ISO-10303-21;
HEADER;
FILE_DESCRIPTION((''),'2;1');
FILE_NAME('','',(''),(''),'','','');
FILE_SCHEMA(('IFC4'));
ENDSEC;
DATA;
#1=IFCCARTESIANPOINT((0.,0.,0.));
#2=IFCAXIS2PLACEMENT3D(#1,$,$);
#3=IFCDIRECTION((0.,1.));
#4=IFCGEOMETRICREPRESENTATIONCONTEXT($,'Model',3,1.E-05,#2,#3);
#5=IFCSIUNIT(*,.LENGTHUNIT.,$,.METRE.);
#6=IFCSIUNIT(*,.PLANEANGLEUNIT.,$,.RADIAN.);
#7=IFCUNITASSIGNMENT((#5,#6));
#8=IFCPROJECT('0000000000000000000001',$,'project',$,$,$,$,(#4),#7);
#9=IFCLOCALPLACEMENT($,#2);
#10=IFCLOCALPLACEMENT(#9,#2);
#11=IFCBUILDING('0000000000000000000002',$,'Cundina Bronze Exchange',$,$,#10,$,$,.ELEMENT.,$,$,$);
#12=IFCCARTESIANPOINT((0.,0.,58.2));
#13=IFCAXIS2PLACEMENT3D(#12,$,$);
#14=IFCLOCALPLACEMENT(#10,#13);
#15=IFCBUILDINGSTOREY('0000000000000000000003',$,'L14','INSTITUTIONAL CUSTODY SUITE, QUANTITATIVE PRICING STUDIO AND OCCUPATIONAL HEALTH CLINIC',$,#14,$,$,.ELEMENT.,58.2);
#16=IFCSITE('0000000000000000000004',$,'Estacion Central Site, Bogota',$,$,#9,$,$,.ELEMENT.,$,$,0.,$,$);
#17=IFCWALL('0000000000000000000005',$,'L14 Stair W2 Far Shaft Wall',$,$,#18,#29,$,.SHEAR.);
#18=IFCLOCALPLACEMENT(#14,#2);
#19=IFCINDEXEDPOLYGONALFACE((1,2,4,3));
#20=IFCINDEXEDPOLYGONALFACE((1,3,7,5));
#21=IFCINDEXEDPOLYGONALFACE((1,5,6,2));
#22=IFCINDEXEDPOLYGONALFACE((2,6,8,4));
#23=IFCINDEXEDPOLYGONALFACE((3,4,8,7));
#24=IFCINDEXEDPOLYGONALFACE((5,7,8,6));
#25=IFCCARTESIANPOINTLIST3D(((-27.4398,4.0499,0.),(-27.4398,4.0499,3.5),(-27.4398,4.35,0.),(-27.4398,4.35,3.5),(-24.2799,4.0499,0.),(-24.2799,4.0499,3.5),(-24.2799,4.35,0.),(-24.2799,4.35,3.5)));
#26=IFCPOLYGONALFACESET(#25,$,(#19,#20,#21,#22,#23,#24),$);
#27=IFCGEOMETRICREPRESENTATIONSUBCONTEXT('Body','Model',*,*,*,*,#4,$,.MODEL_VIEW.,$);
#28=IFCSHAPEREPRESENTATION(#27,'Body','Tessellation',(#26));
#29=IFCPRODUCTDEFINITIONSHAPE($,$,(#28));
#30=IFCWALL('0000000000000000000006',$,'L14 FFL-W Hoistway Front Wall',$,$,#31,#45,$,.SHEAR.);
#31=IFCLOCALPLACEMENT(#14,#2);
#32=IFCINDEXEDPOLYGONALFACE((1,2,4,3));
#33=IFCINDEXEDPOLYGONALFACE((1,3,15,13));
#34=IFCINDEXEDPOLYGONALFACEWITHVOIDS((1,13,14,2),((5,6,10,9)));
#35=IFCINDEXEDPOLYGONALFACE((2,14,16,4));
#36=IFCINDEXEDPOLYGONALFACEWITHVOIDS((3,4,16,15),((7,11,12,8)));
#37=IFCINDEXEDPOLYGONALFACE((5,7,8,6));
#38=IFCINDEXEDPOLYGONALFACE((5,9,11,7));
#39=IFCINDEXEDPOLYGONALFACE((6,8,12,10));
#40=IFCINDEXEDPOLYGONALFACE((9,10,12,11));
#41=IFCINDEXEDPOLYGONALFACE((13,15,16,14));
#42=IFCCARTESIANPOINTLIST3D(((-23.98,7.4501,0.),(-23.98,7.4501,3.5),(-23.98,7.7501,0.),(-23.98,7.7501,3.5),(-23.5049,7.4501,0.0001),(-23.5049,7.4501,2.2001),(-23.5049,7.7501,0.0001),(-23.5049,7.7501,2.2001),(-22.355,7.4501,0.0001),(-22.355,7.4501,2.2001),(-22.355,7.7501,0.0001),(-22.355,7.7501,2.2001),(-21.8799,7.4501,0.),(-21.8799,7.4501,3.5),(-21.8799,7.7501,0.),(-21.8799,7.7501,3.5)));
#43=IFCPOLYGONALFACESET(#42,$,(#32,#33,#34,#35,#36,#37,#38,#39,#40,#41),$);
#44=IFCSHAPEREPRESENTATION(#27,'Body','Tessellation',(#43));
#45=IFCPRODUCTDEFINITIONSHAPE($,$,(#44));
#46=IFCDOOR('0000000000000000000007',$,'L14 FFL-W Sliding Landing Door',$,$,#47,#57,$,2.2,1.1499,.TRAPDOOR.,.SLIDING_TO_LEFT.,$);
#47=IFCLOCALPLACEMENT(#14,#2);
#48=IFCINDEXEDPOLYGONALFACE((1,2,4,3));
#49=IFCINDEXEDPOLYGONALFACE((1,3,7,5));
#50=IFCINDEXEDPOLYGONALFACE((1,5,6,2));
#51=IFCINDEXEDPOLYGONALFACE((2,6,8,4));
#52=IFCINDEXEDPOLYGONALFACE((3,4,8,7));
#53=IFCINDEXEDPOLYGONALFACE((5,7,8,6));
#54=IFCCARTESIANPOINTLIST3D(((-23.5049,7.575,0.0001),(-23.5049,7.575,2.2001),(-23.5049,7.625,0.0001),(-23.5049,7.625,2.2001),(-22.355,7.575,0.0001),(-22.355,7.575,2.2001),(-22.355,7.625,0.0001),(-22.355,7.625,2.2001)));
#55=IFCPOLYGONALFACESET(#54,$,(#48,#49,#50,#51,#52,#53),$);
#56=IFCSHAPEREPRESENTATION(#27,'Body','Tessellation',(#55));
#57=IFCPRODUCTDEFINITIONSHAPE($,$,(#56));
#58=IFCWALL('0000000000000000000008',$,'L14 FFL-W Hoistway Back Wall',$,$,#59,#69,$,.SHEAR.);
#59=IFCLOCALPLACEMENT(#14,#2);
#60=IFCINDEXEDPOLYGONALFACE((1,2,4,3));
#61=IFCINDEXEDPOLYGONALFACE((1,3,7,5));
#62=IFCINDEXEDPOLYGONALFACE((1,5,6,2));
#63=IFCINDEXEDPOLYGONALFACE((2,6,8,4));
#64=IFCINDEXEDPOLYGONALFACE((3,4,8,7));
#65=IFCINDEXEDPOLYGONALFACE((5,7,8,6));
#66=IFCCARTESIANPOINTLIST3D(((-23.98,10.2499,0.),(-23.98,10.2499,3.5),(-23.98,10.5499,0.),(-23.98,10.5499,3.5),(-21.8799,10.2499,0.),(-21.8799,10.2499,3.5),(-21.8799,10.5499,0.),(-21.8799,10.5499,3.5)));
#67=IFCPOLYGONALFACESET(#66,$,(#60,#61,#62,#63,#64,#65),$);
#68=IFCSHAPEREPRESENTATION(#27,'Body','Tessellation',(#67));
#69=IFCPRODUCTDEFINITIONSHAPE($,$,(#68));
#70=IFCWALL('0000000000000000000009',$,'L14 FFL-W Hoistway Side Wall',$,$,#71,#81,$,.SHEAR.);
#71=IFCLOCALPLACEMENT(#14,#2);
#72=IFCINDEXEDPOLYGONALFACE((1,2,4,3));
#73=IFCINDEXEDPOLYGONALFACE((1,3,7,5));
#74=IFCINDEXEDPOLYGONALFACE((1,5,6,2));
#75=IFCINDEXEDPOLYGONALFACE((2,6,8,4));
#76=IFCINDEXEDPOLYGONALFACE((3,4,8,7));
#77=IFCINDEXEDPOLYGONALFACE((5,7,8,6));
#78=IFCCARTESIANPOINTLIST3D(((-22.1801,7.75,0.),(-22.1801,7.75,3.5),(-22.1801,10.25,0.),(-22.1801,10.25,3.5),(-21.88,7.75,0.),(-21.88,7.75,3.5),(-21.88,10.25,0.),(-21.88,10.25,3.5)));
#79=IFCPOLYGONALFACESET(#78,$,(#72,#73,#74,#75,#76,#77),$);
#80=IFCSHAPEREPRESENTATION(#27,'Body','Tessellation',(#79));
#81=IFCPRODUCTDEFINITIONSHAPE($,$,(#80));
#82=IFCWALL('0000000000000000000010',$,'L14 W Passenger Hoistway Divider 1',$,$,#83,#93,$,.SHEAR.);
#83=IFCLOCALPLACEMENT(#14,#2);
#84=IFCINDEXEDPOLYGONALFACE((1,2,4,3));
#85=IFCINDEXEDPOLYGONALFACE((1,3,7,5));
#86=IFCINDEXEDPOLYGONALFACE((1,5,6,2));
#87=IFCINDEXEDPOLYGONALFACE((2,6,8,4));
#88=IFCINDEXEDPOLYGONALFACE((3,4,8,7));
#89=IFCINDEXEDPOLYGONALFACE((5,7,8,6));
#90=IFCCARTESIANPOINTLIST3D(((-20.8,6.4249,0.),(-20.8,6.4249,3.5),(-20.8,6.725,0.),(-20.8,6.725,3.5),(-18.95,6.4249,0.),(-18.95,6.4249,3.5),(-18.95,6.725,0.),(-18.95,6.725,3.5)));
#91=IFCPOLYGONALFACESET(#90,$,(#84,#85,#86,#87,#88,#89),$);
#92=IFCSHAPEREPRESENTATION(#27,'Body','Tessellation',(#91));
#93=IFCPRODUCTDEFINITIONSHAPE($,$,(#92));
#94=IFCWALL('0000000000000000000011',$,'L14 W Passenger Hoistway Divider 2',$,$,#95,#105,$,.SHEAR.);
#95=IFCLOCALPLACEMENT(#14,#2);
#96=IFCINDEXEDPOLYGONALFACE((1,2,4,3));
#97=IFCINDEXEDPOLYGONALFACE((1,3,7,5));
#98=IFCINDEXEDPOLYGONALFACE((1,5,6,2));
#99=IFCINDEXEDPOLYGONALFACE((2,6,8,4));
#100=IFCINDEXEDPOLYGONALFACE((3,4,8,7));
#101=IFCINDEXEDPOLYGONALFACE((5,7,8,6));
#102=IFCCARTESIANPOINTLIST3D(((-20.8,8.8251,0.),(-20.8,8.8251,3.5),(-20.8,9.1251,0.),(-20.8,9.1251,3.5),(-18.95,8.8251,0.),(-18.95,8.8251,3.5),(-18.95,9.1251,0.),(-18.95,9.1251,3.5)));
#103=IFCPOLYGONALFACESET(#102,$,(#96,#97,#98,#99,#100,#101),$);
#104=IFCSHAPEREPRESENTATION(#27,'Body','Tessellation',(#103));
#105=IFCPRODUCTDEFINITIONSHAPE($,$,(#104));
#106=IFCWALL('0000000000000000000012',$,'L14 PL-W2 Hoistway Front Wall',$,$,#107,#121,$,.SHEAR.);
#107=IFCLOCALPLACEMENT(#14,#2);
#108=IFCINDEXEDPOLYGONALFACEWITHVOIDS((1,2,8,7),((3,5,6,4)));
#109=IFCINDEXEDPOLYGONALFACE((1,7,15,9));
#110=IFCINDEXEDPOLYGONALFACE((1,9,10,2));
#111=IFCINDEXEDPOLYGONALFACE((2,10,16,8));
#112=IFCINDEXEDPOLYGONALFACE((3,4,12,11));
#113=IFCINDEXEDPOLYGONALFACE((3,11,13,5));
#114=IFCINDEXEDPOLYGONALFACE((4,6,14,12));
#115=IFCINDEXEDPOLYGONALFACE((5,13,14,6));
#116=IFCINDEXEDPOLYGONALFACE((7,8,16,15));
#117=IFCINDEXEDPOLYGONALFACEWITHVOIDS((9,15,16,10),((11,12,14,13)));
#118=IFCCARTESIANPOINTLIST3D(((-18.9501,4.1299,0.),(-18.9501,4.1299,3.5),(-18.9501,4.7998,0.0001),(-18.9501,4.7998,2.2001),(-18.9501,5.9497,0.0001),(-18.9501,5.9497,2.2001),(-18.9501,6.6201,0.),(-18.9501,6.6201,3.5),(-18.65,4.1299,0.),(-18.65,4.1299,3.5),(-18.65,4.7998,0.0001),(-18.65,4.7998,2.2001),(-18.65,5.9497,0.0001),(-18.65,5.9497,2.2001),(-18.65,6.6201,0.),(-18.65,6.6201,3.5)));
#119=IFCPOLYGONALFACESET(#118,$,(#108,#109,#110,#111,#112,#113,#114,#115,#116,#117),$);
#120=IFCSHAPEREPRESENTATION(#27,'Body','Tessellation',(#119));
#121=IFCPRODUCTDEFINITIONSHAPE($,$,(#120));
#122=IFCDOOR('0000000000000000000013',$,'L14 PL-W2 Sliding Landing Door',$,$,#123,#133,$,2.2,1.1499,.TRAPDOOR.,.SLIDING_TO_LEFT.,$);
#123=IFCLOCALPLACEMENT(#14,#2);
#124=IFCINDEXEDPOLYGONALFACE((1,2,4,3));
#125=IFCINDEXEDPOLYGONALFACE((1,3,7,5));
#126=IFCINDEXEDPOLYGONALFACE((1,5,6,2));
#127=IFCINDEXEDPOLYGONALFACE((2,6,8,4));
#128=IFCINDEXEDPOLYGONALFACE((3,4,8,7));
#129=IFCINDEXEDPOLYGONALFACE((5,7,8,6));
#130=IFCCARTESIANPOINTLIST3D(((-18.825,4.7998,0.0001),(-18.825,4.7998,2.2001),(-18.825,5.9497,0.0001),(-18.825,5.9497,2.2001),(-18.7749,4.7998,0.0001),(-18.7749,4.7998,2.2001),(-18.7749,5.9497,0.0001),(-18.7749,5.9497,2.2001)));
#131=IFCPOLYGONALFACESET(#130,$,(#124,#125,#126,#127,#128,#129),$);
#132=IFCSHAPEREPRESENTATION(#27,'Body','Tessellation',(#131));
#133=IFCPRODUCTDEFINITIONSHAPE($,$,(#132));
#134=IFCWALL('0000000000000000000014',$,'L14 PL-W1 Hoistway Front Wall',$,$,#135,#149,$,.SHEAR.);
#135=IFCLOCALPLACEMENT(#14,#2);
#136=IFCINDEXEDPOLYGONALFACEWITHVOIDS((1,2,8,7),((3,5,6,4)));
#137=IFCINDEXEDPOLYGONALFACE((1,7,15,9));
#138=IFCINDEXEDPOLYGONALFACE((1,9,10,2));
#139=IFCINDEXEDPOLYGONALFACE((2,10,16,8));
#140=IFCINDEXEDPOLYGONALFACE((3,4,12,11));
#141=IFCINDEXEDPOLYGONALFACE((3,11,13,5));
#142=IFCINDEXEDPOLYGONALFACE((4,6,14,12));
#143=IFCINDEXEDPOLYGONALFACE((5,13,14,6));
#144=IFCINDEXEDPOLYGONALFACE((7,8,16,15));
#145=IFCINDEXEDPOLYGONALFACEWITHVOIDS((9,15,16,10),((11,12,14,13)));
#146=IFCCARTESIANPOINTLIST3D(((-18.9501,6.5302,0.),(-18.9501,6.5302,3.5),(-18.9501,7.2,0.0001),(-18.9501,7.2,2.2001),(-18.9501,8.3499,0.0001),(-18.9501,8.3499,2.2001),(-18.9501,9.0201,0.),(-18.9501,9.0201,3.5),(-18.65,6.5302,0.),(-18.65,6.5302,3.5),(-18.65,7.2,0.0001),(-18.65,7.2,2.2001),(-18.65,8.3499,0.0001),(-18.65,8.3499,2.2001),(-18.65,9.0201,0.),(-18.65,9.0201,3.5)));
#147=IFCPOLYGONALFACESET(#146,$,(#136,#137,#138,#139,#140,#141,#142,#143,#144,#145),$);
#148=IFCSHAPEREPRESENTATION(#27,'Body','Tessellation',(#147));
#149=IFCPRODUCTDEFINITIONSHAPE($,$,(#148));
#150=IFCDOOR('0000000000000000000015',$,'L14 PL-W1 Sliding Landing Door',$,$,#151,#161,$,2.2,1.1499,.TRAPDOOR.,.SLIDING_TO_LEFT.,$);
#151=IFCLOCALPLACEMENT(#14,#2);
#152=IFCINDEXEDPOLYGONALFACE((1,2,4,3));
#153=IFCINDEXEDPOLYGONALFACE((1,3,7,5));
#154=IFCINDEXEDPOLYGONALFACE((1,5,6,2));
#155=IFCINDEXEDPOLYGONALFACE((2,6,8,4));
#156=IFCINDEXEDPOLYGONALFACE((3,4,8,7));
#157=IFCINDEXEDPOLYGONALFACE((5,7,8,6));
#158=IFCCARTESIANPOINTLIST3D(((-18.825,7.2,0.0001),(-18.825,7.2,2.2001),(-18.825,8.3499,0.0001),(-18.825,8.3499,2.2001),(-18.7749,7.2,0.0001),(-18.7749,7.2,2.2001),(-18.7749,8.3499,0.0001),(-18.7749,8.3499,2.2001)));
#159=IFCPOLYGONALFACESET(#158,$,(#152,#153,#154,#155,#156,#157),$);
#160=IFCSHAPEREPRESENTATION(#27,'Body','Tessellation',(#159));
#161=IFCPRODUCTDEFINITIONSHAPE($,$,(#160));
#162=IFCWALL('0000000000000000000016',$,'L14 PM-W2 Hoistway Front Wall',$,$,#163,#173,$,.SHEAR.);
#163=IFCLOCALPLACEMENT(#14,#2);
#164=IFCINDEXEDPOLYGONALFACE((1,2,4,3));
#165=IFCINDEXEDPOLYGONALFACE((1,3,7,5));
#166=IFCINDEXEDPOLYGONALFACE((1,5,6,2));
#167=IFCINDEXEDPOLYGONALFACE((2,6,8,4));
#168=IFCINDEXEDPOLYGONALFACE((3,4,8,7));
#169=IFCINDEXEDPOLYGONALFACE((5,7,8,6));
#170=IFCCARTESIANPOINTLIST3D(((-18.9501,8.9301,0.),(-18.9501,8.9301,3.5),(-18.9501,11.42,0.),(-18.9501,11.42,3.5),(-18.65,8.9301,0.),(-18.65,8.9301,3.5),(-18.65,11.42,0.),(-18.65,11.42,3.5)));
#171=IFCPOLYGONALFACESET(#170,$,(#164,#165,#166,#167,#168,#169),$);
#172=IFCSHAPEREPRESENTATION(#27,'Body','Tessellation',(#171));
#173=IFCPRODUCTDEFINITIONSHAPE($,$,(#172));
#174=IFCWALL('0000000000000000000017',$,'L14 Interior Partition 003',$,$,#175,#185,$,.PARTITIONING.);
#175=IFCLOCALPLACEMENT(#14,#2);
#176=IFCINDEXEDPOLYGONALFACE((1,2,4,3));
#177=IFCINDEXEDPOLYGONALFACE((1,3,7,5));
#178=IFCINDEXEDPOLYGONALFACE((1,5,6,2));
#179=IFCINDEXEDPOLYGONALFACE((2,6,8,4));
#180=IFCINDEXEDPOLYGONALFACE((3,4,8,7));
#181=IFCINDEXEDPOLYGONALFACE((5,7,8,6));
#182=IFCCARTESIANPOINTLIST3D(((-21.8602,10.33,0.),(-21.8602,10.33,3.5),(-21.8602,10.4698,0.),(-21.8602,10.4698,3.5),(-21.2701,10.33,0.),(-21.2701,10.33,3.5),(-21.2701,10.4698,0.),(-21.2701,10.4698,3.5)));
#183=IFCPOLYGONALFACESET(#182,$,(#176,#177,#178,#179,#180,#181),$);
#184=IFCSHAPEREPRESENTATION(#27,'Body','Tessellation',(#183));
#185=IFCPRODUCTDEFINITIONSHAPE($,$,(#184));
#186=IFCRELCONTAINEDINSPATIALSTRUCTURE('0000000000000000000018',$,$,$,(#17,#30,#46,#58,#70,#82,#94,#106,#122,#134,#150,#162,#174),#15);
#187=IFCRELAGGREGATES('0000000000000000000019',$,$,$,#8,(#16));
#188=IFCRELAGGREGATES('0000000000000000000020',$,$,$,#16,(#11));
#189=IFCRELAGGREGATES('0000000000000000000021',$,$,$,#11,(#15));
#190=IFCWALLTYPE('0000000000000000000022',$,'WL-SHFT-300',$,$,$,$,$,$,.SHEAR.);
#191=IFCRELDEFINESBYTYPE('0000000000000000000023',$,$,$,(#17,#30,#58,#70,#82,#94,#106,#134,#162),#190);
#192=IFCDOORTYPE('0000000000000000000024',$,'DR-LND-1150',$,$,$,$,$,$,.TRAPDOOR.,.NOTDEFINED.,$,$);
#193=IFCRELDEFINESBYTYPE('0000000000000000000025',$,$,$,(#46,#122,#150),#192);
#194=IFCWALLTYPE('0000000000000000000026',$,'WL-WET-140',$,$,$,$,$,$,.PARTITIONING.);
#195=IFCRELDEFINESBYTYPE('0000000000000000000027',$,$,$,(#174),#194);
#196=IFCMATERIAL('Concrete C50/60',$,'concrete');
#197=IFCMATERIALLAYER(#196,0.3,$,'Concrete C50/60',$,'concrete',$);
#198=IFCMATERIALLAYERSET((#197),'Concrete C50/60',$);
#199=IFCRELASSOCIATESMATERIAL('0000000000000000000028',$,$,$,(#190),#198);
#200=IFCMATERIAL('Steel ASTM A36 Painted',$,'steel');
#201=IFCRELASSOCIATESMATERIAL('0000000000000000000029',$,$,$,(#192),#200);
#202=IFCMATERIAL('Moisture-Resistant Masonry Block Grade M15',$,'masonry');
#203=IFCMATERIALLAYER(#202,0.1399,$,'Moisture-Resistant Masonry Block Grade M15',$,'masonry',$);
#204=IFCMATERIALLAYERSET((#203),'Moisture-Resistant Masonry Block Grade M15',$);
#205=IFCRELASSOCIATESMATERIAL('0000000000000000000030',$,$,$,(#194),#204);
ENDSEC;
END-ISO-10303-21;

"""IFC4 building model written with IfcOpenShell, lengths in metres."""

from ifc_helpers import new_model, si_unit, direction, frame, frame_2d, origin, place, context, subcontext, project, spatial, rectangle, extrude, material, layer, layer_set, type_object, element, fill, save


model = new_model("IFC4")

# Units and contexts
model_context = context("Model", 3, precision=1e-05, world=origin(), true_north=direction((0.0, 1.0)))
body_context = subcontext(model_context, "Body", "Model", "MODEL_VIEW")
ifc_project = project(units=[si_unit("LENGTHUNIT", "METRE"), si_unit("PLANEANGLEUNIT", "RADIAN")], contexts=[model_context])

# Site, building, storey
site_placement = place(None, origin())
site = spatial("IfcSite", under=ifc_project, at=site_placement, Name="Estacion Central Site, Bogota", CompositionType="ELEMENT", RefElevation=0.0)
building_placement = place(site_placement, origin())
building = spatial("IfcBuilding", under=site, at=building_placement, Name="Cundina Bronze Exchange", CompositionType="ELEMENT")
storey_placement = place(building_placement, frame((0.0, 0.0, 58.2)))
storey = spatial("IfcBuildingStorey", under=building, at=storey_placement, Name="L14", Description="INSTITUTIONAL CUSTODY SUITE, QUANTITATIVE PRICING STUDIO AND OCCUPATIONAL HEALTH CLINIC", CompositionType="ELEMENT", Elevation=58.2)

# Wall
ifc_material_1 = material(Name="Concrete C50/60", Category="concrete")
ifc_layer_1 = layer(ifc_material_1, 0.3, Name="Concrete C50/60", Category="concrete")
ifc_layer_set_1 = layer_set([ifc_layer_1], Name="Concrete C50/60")
wall_type_1 = type_object("IfcWallType", Name="WL-SHFT-300", PredefinedType="SHEAR", material=ifc_layer_set_1)
wall_1_placement = place(storey_placement, frame((-27.4399, 4.2, 0.0), z_axis=(0.0, 0.0, 1.0), x_axis=(1.0, 0.0, 0.0)))
element("IfcWall", 1, at=wall_1_placement, inside=storey, type_object=wall_type_1, Name="L14 Stair W2 Far Shaft Wall", PredefinedType="SHEAR", context=body_context, shape_type="SweptSolid", body=[
    extrude(rectangle(XDim=3.1599, YDim=0.3, at=frame_2d((1.5801, 0.0))), origin(), (0.0, 0.0, 1.0), 3.5),
])

# Wall, opening, door
wall_2_placement = place(storey_placement, frame((-23.98, 7.6001, 0.0), z_axis=(0.0, 0.0, 1.0), x_axis=(1.0, 0.0, 0.0)))
wall_2 = element("IfcWall", 2, at=wall_2_placement, inside=storey, type_object=wall_type_1, Name="L14 FFL-W Hoistway Front Wall", PredefinedType="SHEAR", context=body_context, shape_type="SweptSolid", body=[
    extrude(rectangle(XDim=2.1001, YDim=0.3, at=frame_2d((1.05, 0.0))), origin(), (0.0, 0.0, 1.0), 3.5),
])
opening_1_placement = place(wall_2_placement, frame((0.4751, 0.0, 0.0)))
opening_1 = element("IfcOpeningElement", 3, at=opening_1_placement, cuts=wall_2, PredefinedType="OPENING", context=body_context, shape_type="SweptSolid", body=[
    extrude(rectangle(XDim=1.1499, YDim=2.2, at=frame_2d((0.575, 1.1001))), frame((0.0, 0.1599, 0.0), z_axis=(0.0, -1.0, 0.0), x_axis=(1.0, 0.0, 0.0)), (0.0, 0.0, 1.0), 0.3201),
])
ifc_material_2 = material(Name="Steel ASTM A36 Painted", Category="steel")
door_type = type_object("IfcDoorType", Name="DR-LND-1150", OperationType="NOTDEFINED", PredefinedType="TRAPDOOR", material=ifc_material_2)
door_1_placement = place(opening_1_placement, origin())
door_1 = element("IfcDoor", 4, at=door_1_placement, inside=storey, type_object=door_type, Name="L14 FFL-W Sliding Landing Door", OperationType="SLIDING_TO_LEFT", OverallHeight=2.2, OverallWidth=1.1499, PredefinedType="TRAPDOOR", context=body_context, shape_type="SweptSolid", body=[
    extrude(rectangle(XDim=1.1499, YDim=2.2, at=frame_2d((0.575, 1.1001))), frame((0.0, 0.0249, 0.0), z_axis=(0.0, -1.0, 0.0), x_axis=(1.0, 0.0, 0.0)), (0.0, 0.0, 1.0), 0.05),
])
fill(opening_1, door_1)

# Walls
wall_3_placement = place(storey_placement, frame((-23.98, 10.3999, 0.0), z_axis=(0.0, 0.0, 1.0), x_axis=(1.0, 0.0, 0.0)))
element("IfcWall", 5, at=wall_3_placement, inside=storey, type_object=wall_type_1, Name="L14 FFL-W Hoistway Back Wall", PredefinedType="SHEAR", context=body_context, shape_type="SweptSolid", body=[
    extrude(rectangle(XDim=2.1001, YDim=0.3, at=frame_2d((1.05, 0.0))), origin(), (0.0, 0.0, 1.0), 3.5),
])
wall_4_placement = place(storey_placement, frame((-22.03, 7.75, 0.0), z_axis=(0.0, 0.0, 1.0), x_axis=(0.0, 1.0, 0.0)))
element("IfcWall", 6, at=wall_4_placement, inside=storey, type_object=wall_type_1, Name="L14 FFL-W Hoistway Side Wall", PredefinedType="SHEAR", context=body_context, shape_type="SweptSolid", body=[
    extrude(rectangle(XDim=2.5, YDim=0.3, at=frame_2d((1.25, 0.0))), origin(), (0.0, 0.0, 1.0), 3.5),
])
for number, where, z_axis, x_axis, name in (
    (7, (-20.8, 6.575, 0.0), (0.0, 0.0, 1.0), (1.0, 0.0, 0.0), "L14 W Passenger Hoistway Divider 1"),
    (8, (-20.8, 8.9751, 0.0), (0.0, 0.0, 1.0), (1.0, 0.0, 0.0), "L14 W Passenger Hoistway Divider 2"),
):
    element("IfcWall", number, at=place(storey_placement, frame(where, z_axis=z_axis, x_axis=x_axis)), inside=storey, type_object=wall_type_1, Name=name, PredefinedType="SHEAR", context=body_context, shape_type="SweptSolid", body=[
        extrude(rectangle(XDim=1.8501, YDim=0.3, at=frame_2d((0.925, 0.0))), origin(), (0.0, 0.0, 1.0), 3.5),
    ])

# Walls, openings, doors
wall_5_placement = place(storey_placement, frame((-18.8, 4.1299, 0.0), z_axis=(0.0, 0.0, 1.0), x_axis=(0.0, 1.0, 0.0)))
wall_5 = element("IfcWall", 9, at=wall_5_placement, inside=storey, type_object=wall_type_1, Name="L14 PL-W2 Hoistway Front Wall", PredefinedType="SHEAR", context=body_context, shape_type="SweptSolid", body=[
    extrude(rectangle(XDim=2.4902, YDim=0.3, at=frame_2d((1.2451, 0.0))), origin(), (0.0, 0.0, 1.0), 3.5),
])
opening_2_placement = place(wall_5_placement, frame((0.6699, 0.0, 0.0)))
opening_2 = element("IfcOpeningElement", 10, at=opening_2_placement, cuts=wall_5, PredefinedType="OPENING", context=body_context, shape_type="SweptSolid", body=[
    extrude(rectangle(XDim=1.1499, YDim=2.2, at=frame_2d((0.575, 1.1001))), frame((0.0, 0.1599, 0.0), z_axis=(0.0, -1.0, 0.0), x_axis=(1.0, 0.0, 0.0)), (0.0, 0.0, 1.0), 0.3201),
])
door_2_placement = place(opening_2_placement, origin())
door_2 = element("IfcDoor", 11, at=door_2_placement, inside=storey, type_object=door_type, Name="L14 PL-W2 Sliding Landing Door", OperationType="SLIDING_TO_LEFT", OverallHeight=2.2, OverallWidth=1.1499, PredefinedType="TRAPDOOR", context=body_context, shape_type="SweptSolid", body=[
    extrude(rectangle(XDim=1.1499, YDim=2.2, at=frame_2d((0.575, 1.1001))), frame((0.0, 0.0249, 0.0), z_axis=(0.0, -1.0, 0.0), x_axis=(1.0, 0.0, 0.0)), (0.0, 0.0, 1.0), 0.05),
])
fill(opening_2, door_2)
wall_6_placement = place(storey_placement, frame((-18.8, 6.53, 0.0), z_axis=(0.0, 0.0, 1.0), x_axis=(0.0, 1.0, 0.0)))
wall_6 = element("IfcWall", 12, at=wall_6_placement, inside=storey, type_object=wall_type_1, Name="L14 PL-W1 Hoistway Front Wall", PredefinedType="SHEAR", context=body_context, shape_type="SweptSolid", body=[
    extrude(rectangle(XDim=2.49, YDim=0.3, at=frame_2d((1.2451, 0.0))), origin(), (0.0, 0.0, 1.0), 3.5),
])
opening_3_placement = place(wall_6_placement, frame((0.6699, 0.0, 0.0)))
opening_3 = element("IfcOpeningElement", 13, at=opening_3_placement, cuts=wall_6, PredefinedType="OPENING", context=body_context, shape_type="SweptSolid", body=[
    extrude(rectangle(XDim=1.1499, YDim=2.2, at=frame_2d((0.575, 1.1001))), frame((0.0, 0.1599, 0.0), z_axis=(0.0, -1.0, 0.0), x_axis=(1.0, 0.0, 0.0)), (0.0, 0.0, 1.0), 0.3201),
])
door_3_placement = place(opening_3_placement, origin())
door_3 = element("IfcDoor", 14, at=door_3_placement, inside=storey, type_object=door_type, Name="L14 PL-W1 Sliding Landing Door", OperationType="SLIDING_TO_LEFT", OverallHeight=2.2, OverallWidth=1.1499, PredefinedType="TRAPDOOR", context=body_context, shape_type="SweptSolid", body=[
    extrude(rectangle(XDim=1.1499, YDim=2.2, at=frame_2d((0.575, 1.1001))), frame((0.0, 0.0249, 0.0), z_axis=(0.0, -1.0, 0.0), x_axis=(1.0, 0.0, 0.0)), (0.0, 0.0, 1.0), 0.05),
])
fill(opening_3, door_3)

# Walls
wall_7_placement = place(storey_placement, frame((-18.8, 8.9299, 0.0), z_axis=(0.0, 0.0, 1.0), x_axis=(0.0, 1.0, 0.0)))
element("IfcWall", 15, at=wall_7_placement, inside=storey, type_object=wall_type_1, Name="L14 PM-W2 Hoistway Front Wall", PredefinedType="SHEAR", context=body_context, shape_type="SweptSolid", body=[
    extrude(rectangle(XDim=2.49, YDim=0.3, at=frame_2d((1.2451, 0.0))), origin(), (0.0, 0.0, 1.0), 3.5),
])
ifc_material_3 = material(Name="Moisture-Resistant Masonry Block Grade M15", Category="masonry")
ifc_layer_2 = layer(ifc_material_3, 0.1399, Name="Moisture-Resistant Masonry Block Grade M15", Category="masonry")
ifc_layer_set_2 = layer_set([ifc_layer_2], Name="Moisture-Resistant Masonry Block Grade M15")
wall_type_2 = type_object("IfcWallType", Name="WL-WET-140", PredefinedType="PARTITIONING", material=ifc_layer_set_2)
wall_8_placement = place(storey_placement, frame((-21.8601, 10.3999, 0.0), z_axis=(0.0, 0.0, 1.0), x_axis=(1.0, 0.0, 0.0)))
element("IfcWall", 16, at=wall_8_placement, inside=storey, type_object=wall_type_2, Name="L14 Interior Partition 003", PredefinedType="PARTITIONING", context=body_context, shape_type="SweptSolid", body=[
    extrude(rectangle(XDim=0.5901, YDim=0.1399, at=frame_2d((0.2949, 0.0))), origin(), (0.0, 0.0, 1.0), 3.5),
])

save(model, "model.ifc")
